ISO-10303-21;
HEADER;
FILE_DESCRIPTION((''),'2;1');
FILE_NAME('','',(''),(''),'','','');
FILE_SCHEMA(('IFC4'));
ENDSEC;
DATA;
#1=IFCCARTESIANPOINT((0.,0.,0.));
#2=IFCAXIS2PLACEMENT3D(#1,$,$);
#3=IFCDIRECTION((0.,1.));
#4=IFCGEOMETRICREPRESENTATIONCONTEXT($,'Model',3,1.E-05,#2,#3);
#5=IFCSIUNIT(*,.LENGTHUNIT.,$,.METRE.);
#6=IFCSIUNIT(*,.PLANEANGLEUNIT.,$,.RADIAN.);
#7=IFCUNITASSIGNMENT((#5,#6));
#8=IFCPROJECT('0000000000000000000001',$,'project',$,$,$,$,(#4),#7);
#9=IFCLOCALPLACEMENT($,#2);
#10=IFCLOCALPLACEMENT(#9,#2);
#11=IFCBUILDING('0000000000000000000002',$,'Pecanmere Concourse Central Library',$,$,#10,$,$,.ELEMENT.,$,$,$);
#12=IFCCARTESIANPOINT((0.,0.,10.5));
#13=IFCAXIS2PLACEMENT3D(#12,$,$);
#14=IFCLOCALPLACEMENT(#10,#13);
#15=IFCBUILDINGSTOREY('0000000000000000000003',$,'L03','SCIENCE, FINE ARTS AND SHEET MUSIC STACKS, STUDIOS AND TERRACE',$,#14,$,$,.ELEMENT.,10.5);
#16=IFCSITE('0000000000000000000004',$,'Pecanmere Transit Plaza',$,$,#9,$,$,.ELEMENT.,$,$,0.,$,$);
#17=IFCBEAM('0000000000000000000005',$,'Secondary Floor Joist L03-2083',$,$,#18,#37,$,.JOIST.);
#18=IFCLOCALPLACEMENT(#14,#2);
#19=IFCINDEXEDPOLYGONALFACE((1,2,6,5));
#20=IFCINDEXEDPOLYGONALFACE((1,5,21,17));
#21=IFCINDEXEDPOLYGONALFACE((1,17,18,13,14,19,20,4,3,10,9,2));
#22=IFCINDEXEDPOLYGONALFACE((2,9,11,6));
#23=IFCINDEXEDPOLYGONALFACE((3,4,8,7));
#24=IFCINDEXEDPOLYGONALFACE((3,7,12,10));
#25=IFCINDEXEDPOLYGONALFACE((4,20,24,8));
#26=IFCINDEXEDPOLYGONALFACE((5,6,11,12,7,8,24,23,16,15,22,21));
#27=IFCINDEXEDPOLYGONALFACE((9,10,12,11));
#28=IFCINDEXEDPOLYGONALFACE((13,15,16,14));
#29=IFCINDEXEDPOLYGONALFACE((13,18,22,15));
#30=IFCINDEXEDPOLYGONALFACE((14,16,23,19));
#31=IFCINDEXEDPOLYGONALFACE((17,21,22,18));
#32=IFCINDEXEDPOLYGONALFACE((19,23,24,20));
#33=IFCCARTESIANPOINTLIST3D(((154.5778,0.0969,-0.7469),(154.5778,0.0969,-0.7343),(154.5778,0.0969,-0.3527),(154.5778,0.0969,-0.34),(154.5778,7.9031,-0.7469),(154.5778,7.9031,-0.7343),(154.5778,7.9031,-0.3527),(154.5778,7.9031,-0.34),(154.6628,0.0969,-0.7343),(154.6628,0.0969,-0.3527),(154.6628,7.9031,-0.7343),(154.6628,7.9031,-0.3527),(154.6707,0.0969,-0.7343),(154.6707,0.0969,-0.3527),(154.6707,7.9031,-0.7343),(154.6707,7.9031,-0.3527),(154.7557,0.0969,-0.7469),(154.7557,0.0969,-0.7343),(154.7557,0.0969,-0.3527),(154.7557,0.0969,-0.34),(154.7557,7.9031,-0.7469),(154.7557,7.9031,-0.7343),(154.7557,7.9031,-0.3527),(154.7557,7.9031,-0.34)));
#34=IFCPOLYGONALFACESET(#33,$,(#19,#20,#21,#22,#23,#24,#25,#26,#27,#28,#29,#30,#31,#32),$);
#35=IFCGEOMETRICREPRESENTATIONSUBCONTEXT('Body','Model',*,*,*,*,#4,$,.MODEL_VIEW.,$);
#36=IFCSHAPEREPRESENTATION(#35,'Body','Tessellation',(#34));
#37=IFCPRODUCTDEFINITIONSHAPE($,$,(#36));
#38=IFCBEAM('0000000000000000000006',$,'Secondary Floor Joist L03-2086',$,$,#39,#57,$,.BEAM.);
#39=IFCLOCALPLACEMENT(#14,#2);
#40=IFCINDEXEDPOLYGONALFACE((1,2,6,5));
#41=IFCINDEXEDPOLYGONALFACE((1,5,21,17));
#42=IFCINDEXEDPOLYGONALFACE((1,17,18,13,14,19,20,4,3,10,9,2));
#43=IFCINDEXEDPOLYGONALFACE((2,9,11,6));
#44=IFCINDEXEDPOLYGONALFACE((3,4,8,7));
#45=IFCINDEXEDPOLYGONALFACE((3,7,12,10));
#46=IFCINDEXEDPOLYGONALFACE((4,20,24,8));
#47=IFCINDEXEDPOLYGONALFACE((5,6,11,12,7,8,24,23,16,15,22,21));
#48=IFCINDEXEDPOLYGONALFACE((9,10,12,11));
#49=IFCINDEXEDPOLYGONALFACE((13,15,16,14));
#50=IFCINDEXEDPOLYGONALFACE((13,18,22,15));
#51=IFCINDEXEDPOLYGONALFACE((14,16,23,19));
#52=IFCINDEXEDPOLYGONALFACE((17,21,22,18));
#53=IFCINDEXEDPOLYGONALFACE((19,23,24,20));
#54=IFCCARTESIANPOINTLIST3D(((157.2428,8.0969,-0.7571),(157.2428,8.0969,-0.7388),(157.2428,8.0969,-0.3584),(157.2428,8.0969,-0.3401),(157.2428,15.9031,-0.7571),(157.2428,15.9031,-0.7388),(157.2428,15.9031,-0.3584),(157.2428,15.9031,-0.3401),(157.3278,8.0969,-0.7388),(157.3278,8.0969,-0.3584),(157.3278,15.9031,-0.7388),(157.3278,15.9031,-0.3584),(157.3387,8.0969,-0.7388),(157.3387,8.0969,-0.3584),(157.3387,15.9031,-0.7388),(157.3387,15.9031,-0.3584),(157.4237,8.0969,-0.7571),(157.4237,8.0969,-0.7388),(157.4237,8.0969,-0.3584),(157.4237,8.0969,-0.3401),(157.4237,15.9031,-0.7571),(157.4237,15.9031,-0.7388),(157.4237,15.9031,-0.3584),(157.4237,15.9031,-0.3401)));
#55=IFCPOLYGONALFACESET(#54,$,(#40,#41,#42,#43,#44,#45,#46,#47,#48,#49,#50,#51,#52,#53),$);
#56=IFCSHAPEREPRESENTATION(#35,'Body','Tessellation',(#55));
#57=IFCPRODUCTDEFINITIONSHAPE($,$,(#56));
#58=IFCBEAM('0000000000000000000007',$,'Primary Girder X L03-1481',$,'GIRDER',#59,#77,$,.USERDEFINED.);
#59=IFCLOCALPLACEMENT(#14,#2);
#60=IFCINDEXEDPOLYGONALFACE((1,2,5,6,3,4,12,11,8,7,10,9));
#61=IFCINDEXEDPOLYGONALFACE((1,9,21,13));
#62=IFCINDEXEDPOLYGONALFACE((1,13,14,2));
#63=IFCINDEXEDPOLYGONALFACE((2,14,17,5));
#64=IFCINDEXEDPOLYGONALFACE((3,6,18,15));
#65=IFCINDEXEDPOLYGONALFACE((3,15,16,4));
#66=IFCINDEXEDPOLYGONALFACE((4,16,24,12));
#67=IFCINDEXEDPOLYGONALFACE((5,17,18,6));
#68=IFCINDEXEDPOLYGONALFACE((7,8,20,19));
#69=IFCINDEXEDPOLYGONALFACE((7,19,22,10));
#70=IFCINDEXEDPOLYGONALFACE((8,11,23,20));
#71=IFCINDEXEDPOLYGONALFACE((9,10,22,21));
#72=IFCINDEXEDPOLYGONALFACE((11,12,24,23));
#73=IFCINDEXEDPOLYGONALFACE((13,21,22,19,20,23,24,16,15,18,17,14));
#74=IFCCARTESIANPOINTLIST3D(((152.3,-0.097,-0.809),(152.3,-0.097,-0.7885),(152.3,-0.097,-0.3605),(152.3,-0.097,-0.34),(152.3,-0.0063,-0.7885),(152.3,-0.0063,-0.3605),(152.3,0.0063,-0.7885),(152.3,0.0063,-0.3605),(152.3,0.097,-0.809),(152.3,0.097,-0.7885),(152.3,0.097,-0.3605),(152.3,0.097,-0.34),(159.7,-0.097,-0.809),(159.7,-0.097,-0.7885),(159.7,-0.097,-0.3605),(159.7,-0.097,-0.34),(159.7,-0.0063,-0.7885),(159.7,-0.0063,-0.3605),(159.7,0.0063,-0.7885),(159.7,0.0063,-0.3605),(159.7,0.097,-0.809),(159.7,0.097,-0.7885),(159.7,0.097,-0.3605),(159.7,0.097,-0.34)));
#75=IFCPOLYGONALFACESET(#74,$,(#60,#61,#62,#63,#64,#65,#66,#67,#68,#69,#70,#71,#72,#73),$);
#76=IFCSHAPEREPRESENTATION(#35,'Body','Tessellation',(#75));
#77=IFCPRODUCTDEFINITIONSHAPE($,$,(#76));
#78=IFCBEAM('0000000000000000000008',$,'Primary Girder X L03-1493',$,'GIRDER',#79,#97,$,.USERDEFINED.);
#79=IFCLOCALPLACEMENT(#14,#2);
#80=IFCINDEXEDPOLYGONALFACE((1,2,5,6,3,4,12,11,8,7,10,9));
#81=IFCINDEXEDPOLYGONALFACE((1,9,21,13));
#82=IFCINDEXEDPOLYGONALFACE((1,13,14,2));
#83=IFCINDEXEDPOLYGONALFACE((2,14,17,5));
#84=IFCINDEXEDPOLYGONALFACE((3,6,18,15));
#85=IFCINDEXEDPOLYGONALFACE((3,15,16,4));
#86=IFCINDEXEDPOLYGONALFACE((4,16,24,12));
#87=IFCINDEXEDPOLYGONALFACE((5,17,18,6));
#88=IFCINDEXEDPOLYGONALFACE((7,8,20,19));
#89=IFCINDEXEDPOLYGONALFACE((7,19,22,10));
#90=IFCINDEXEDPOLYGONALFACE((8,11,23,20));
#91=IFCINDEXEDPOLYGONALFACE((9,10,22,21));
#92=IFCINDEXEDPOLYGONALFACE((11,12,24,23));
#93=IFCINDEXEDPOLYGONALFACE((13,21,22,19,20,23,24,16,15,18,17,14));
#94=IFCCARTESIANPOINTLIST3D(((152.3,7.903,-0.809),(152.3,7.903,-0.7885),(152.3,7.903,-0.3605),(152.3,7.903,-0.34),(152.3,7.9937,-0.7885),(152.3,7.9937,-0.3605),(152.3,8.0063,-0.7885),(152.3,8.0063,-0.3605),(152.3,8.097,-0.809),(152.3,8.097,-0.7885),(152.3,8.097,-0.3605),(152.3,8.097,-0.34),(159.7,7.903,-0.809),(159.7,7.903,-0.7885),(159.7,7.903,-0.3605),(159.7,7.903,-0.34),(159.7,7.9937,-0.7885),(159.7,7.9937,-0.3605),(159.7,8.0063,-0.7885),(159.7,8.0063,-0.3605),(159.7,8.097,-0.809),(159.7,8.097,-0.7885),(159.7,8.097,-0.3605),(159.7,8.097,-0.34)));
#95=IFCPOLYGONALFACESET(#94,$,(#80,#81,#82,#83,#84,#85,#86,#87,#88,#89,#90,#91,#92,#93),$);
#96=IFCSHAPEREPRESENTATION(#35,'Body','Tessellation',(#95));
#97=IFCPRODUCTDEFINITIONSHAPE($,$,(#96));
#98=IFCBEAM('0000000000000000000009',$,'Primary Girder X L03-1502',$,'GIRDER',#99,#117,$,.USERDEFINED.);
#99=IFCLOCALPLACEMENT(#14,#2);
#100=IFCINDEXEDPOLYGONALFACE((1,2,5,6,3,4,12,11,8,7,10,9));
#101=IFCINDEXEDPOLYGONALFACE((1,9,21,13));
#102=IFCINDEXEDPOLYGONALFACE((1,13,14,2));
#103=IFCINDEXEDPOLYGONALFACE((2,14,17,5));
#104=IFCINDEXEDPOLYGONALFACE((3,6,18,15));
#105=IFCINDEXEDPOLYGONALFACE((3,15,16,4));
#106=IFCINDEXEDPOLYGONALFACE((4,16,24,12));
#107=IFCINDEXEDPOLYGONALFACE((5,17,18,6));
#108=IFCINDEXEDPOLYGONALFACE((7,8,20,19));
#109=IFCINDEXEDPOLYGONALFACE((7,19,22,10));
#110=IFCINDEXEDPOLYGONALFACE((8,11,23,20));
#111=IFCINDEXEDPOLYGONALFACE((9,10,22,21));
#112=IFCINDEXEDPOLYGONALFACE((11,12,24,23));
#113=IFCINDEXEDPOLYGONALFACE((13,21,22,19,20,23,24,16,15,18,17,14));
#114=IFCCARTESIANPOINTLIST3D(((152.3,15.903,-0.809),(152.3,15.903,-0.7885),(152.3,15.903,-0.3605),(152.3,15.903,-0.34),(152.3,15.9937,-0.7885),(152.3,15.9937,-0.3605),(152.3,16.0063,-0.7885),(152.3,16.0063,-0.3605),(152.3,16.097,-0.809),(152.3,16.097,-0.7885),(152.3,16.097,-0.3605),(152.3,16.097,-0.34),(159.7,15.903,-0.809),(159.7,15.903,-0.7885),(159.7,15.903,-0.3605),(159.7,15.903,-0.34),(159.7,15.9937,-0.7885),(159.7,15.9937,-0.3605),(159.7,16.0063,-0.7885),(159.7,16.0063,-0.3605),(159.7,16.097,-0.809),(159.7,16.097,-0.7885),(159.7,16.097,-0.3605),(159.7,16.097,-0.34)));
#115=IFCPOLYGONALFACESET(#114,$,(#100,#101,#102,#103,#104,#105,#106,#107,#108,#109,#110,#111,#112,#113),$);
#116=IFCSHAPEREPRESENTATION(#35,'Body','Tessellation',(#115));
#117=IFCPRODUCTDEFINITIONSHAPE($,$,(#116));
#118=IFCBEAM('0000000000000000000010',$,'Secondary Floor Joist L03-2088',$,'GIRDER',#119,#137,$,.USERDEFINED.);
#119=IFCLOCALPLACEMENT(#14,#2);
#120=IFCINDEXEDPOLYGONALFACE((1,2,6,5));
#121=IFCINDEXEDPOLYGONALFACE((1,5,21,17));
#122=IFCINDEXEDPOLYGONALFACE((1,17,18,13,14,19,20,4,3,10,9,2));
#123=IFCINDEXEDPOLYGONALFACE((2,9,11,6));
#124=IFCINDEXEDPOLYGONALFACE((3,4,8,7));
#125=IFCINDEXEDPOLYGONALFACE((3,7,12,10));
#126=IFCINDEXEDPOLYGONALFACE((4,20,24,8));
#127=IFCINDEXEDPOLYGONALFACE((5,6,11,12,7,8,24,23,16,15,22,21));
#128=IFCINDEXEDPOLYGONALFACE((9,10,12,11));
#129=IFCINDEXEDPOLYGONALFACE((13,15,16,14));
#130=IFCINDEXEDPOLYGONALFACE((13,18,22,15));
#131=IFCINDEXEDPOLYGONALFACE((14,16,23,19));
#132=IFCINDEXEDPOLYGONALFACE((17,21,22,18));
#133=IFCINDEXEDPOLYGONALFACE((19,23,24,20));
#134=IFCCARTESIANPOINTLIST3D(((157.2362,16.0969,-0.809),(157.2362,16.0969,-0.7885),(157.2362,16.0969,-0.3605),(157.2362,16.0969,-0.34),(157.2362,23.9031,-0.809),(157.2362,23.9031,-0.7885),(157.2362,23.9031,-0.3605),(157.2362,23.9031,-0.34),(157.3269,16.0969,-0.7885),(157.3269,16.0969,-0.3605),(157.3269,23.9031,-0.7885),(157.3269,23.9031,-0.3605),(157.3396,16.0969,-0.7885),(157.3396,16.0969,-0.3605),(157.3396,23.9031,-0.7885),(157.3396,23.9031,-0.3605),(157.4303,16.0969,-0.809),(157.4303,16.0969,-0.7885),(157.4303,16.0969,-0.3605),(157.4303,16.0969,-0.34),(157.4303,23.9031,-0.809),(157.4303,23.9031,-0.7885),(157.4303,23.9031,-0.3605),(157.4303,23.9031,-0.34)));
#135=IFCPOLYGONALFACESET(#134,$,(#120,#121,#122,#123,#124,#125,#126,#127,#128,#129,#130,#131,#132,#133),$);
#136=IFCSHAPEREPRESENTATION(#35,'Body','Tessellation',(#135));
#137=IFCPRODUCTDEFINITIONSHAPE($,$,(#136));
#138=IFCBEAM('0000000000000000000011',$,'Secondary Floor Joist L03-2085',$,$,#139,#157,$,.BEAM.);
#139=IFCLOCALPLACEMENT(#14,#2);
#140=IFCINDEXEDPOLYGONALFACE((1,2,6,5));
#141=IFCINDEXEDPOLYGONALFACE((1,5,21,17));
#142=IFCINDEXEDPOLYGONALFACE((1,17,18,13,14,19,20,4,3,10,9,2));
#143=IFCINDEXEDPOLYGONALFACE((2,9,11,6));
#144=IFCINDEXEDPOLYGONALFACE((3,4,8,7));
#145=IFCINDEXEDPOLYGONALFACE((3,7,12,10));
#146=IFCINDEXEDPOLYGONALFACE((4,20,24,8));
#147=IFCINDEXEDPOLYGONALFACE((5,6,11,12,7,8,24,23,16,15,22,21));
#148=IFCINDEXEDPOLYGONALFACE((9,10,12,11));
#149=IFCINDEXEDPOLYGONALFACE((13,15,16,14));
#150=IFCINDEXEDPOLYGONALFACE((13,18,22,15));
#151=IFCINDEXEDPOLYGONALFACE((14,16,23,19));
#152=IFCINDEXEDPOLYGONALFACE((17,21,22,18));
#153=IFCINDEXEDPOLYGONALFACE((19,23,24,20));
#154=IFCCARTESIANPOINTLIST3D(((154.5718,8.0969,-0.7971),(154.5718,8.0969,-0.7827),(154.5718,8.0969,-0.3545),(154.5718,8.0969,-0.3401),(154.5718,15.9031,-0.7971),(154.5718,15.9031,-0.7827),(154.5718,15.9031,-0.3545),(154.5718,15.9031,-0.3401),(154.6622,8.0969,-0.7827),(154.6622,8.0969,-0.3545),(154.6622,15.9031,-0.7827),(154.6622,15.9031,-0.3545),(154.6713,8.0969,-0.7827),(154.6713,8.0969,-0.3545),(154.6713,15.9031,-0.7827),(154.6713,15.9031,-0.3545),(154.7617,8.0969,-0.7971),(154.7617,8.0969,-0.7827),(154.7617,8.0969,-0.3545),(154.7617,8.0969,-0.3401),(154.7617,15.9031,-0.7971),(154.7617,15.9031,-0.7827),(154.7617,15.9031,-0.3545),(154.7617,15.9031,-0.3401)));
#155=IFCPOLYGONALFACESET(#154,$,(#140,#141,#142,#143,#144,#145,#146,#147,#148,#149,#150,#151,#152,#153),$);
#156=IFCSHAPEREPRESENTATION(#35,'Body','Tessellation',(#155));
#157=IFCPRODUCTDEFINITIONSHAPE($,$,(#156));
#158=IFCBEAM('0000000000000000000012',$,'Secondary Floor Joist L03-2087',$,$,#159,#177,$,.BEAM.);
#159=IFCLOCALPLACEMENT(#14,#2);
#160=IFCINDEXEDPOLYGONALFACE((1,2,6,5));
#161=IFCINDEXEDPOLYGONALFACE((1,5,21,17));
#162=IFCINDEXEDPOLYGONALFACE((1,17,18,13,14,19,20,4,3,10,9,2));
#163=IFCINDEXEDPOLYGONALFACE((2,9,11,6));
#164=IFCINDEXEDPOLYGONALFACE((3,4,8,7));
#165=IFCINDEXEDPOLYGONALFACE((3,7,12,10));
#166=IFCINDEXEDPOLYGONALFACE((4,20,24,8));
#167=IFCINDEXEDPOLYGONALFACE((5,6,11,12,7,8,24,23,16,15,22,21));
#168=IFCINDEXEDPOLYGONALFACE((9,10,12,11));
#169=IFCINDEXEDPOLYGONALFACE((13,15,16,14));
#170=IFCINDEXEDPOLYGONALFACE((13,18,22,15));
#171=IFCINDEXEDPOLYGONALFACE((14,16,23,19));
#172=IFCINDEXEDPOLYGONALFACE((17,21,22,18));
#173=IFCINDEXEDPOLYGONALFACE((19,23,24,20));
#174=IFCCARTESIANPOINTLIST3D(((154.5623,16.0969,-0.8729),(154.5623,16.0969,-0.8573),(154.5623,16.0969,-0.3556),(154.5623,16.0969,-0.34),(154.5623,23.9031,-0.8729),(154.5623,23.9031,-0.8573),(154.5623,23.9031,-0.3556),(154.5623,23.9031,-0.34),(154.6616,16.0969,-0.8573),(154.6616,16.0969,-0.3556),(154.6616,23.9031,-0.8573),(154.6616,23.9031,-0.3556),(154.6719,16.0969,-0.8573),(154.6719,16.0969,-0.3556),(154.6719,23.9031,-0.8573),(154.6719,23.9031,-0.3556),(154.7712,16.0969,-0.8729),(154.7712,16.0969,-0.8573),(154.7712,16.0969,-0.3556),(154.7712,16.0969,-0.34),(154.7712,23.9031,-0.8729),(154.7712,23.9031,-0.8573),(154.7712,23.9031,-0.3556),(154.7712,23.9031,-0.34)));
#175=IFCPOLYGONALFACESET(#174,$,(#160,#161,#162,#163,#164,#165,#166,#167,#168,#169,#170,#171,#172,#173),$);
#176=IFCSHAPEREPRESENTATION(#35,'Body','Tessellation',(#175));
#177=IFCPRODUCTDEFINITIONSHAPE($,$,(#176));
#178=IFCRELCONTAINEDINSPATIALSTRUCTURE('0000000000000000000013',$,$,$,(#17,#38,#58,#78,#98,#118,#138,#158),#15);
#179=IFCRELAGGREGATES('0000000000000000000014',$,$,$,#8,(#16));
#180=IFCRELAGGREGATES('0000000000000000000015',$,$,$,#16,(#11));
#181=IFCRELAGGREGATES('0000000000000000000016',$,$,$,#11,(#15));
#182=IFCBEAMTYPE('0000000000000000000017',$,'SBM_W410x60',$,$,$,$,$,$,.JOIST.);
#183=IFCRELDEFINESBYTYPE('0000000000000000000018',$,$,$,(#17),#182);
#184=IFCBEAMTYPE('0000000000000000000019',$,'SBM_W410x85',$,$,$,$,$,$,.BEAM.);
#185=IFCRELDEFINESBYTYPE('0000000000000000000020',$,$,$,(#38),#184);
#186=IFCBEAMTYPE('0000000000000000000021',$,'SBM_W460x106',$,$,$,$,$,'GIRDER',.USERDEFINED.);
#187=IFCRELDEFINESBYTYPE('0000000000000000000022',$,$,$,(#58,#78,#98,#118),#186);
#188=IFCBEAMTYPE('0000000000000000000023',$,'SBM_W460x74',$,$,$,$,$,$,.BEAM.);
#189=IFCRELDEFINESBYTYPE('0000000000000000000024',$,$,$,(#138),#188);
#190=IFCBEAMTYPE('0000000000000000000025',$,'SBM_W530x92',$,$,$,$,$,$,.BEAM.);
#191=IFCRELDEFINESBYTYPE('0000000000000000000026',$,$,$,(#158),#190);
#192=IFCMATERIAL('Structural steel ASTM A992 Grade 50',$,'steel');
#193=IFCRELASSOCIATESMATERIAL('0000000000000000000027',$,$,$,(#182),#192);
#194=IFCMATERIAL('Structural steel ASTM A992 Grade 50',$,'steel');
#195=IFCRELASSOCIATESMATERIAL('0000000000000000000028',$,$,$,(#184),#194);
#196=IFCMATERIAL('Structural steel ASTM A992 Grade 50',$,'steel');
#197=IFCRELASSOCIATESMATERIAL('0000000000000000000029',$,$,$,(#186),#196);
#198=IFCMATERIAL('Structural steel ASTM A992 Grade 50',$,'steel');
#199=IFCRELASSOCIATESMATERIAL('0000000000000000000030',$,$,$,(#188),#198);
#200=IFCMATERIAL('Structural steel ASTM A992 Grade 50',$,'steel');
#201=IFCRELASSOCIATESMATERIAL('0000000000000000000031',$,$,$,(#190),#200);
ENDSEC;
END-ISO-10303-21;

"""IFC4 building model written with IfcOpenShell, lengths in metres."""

from ifc_helpers import new_model, si_unit, direction, frame, origin, origin_2d, place, context, subcontext, project, spatial, i_section, extrude, material, material_profile, profile_set, type_object, element, save


model = new_model("IFC4")

# Units and contexts
model_context = context("Model", 3, precision=1e-05, world=origin(), true_north=direction((0.0, 1.0)))
body_context = subcontext(model_context, "Body", "Model", "MODEL_VIEW")
ifc_project = project(units=[si_unit("LENGTHUNIT", "METRE"), si_unit("PLANEANGLEUNIT", "RADIAN")], contexts=[model_context])

# Site, building, storey
site_placement = place(None, origin())
site = spatial("IfcSite", under=ifc_project, at=site_placement, Name="Pecanmere Transit Plaza", CompositionType="ELEMENT", RefElevation=0.0)
building_placement = place(site_placement, origin())
building = spatial("IfcBuilding", under=site, at=building_placement, Name="Pecanmere Concourse Central Library", CompositionType="ELEMENT")
storey_placement = place(building_placement, frame((0.0, 0.0, 10.5)))
storey = spatial("IfcBuildingStorey", under=building, at=storey_placement, Name="L03", Description="SCIENCE, FINE ARTS AND SHEET MUSIC STACKS, STUDIOS AND TERRACE", CompositionType="ELEMENT", Elevation=10.5)

# Beams
ifc_material_1 = material(Name="Structural steel ASTM A992 Grade 50", Category="steel")
ifc_material_profile_1 = material_profile(ifc_material_1, i_section(OverallWidth=0.178, OverallDepth=0.407, WebThickness=0.0078, FlangeThickness=0.0127, at=origin_2d()), Name="W410x60")
ifc_profile_set_1 = profile_set([ifc_material_profile_1], Name="Structural steel ASTM A992 Grade 50")
beam_type_1 = type_object("IfcBeamType", Name="SBM_W410x60", PredefinedType="JOIST", material=ifc_profile_set_1)
beam_1_placement = place(storey_placement, frame((154.6667, 0.0969, -0.5435), z_axis=(0.0, 1.0, 0.0), x_axis=(-1.0, 0.0, 0.0)))
element("IfcBeam", 1, at=beam_1_placement, inside=storey, type_object=beam_type_1, Name="Secondary Floor Joist L03-2083", PredefinedType="JOIST", context=body_context, shape_type="SweptSolid", body=[
    extrude(i_section(OverallWidth=0.178, OverallDepth=0.407, WebThickness=0.0078, FlangeThickness=0.0127, at=origin_2d()), origin(), (0.0, 0.0, 1.0), 7.8062),
])
ifc_material_2 = material(Name="Structural steel ASTM A992 Grade 50", Category="steel")
ifc_material_profile_2 = material_profile(ifc_material_2, i_section(OverallWidth=0.1809, OverallDepth=0.417, WebThickness=0.011, FlangeThickness=0.0183, at=origin_2d()), Name="W410x85")
ifc_profile_set_2 = profile_set([ifc_material_profile_2], Name="Structural steel ASTM A992 Grade 50")
beam_type_2 = type_object("IfcBeamType", Name="SBM_W410x85", PredefinedType="BEAM", material=ifc_profile_set_2)
beam_2_placement = place(storey_placement, frame((157.3333, 8.0969, -0.5486), z_axis=(0.0, 1.0, 0.0), x_axis=(-1.0, 0.0, 0.0)))
element("IfcBeam", 2, at=beam_2_placement, inside=storey, type_object=beam_type_2, Name="Secondary Floor Joist L03-2086", PredefinedType="BEAM", context=body_context, shape_type="SweptSolid", body=[
    extrude(i_section(OverallWidth=0.1809, OverallDepth=0.417, WebThickness=0.011, FlangeThickness=0.0183, at=origin_2d()), origin(), (0.0, 0.0, 1.0), 7.8062),
])
ifc_material_3 = material(Name="Structural steel ASTM A992 Grade 50", Category="steel")
ifc_material_profile_3 = material_profile(ifc_material_3, i_section(OverallWidth=0.1941, OverallDepth=0.469, WebThickness=0.0127, FlangeThickness=0.0205, at=origin_2d()), Name="W460x106")
ifc_profile_set_3 = profile_set([ifc_material_profile_3], Name="Structural steel ASTM A992 Grade 50")
beam_type_3 = type_object("IfcBeamType", Name="SBM_W460x106", ElementType="GIRDER", PredefinedType="USERDEFINED", material=ifc_profile_set_3)
for number, where, z_axis, x_axis, name in (
    (3, (152.3, 0.0, -0.5745), (1.0, 0.0, 0.0), (0.0, 1.0, 0.0), "Primary Girder X L03-1481"),
    (4, (152.3, 8.0, -0.5745), (1.0, 0.0, 0.0), (0.0, 1.0, 0.0), "Primary Girder X L03-1493"),
    (5, (152.3, 16.0, -0.5745), (1.0, 0.0, 0.0), (0.0, 1.0, 0.0), "Primary Girder X L03-1502"),
):
    element("IfcBeam", number, at=place(storey_placement, frame(where, z_axis=z_axis, x_axis=x_axis)), inside=storey, type_object=beam_type_3, Name=name, ObjectType="GIRDER", PredefinedType="USERDEFINED", context=body_context, shape_type="SweptSolid", body=[
        extrude(i_section(OverallWidth=0.1941, OverallDepth=0.469, WebThickness=0.0127, FlangeThickness=0.0205, at=origin_2d()), origin(), (0.0, 0.0, 1.0), 7.3999),
    ])
beam_3_placement = place(storey_placement, frame((157.3333, 16.0969, -0.5745), z_axis=(0.0, 1.0, 0.0), x_axis=(-1.0, 0.0, 0.0)))
element("IfcBeam", 6, at=beam_3_placement, inside=storey, type_object=beam_type_3, Name="Secondary Floor Joist L03-2088", ObjectType="GIRDER", PredefinedType="USERDEFINED", context=body_context, shape_type="SweptSolid", body=[
    extrude(i_section(OverallWidth=0.1941, OverallDepth=0.469, WebThickness=0.0127, FlangeThickness=0.0205, at=origin_2d()), origin(), (0.0, 0.0, 1.0), 7.8062),
])
ifc_material_4 = material(Name="Structural steel ASTM A992 Grade 50", Category="steel")
ifc_material_profile_4 = material_profile(ifc_material_4, i_section(OverallWidth=0.1899, OverallDepth=0.457, WebThickness=0.009, FlangeThickness=0.0144, at=origin_2d()), Name="W460x74")
ifc_profile_set_4 = profile_set([ifc_material_profile_4], Name="Structural steel ASTM A992 Grade 50")
beam_type_4 = type_object("IfcBeamType", Name="SBM_W460x74", PredefinedType="BEAM", material=ifc_profile_set_4)
beam_4_placement = place(storey_placement, frame((154.6667, 8.0969, -0.5686), z_axis=(0.0, 1.0, 0.0), x_axis=(-1.0, 0.0, 0.0)))
element("IfcBeam", 7, at=beam_4_placement, inside=storey, type_object=beam_type_4, Name="Secondary Floor Joist L03-2085", PredefinedType="BEAM", context=body_context, shape_type="SweptSolid", body=[
    extrude(i_section(OverallWidth=0.1899, OverallDepth=0.457, WebThickness=0.009, FlangeThickness=0.0144, at=origin_2d()), origin(), (0.0, 0.0, 1.0), 7.8062),
])
ifc_material_5 = material(Name="Structural steel ASTM A992 Grade 50", Category="steel")
ifc_material_profile_5 = material_profile(ifc_material_5, i_section(OverallWidth=0.209, OverallDepth=0.533, WebThickness=0.0103, FlangeThickness=0.0156, at=origin_2d()), Name="W530x92")
ifc_profile_set_5 = profile_set([ifc_material_profile_5], Name="Structural steel ASTM A992 Grade 50")
beam_type_5 = type_object("IfcBeamType", Name="SBM_W530x92", PredefinedType="BEAM", material=ifc_profile_set_5)
beam_5_placement = place(storey_placement, frame((154.6667, 16.0969, -0.6064), z_axis=(0.0, 1.0, 0.0), x_axis=(-1.0, 0.0, 0.0)))
element("IfcBeam", 8, at=beam_5_placement, inside=storey, type_object=beam_type_5, Name="Secondary Floor Joist L03-2087", PredefinedType="BEAM", context=body_context, shape_type="SweptSolid", body=[
    extrude(i_section(OverallWidth=0.209, OverallDepth=0.533, WebThickness=0.0103, FlangeThickness=0.0156, at=origin_2d()), origin(), (0.0, 0.0, 1.0), 7.8062),
])

save(model, "model.ifc")
